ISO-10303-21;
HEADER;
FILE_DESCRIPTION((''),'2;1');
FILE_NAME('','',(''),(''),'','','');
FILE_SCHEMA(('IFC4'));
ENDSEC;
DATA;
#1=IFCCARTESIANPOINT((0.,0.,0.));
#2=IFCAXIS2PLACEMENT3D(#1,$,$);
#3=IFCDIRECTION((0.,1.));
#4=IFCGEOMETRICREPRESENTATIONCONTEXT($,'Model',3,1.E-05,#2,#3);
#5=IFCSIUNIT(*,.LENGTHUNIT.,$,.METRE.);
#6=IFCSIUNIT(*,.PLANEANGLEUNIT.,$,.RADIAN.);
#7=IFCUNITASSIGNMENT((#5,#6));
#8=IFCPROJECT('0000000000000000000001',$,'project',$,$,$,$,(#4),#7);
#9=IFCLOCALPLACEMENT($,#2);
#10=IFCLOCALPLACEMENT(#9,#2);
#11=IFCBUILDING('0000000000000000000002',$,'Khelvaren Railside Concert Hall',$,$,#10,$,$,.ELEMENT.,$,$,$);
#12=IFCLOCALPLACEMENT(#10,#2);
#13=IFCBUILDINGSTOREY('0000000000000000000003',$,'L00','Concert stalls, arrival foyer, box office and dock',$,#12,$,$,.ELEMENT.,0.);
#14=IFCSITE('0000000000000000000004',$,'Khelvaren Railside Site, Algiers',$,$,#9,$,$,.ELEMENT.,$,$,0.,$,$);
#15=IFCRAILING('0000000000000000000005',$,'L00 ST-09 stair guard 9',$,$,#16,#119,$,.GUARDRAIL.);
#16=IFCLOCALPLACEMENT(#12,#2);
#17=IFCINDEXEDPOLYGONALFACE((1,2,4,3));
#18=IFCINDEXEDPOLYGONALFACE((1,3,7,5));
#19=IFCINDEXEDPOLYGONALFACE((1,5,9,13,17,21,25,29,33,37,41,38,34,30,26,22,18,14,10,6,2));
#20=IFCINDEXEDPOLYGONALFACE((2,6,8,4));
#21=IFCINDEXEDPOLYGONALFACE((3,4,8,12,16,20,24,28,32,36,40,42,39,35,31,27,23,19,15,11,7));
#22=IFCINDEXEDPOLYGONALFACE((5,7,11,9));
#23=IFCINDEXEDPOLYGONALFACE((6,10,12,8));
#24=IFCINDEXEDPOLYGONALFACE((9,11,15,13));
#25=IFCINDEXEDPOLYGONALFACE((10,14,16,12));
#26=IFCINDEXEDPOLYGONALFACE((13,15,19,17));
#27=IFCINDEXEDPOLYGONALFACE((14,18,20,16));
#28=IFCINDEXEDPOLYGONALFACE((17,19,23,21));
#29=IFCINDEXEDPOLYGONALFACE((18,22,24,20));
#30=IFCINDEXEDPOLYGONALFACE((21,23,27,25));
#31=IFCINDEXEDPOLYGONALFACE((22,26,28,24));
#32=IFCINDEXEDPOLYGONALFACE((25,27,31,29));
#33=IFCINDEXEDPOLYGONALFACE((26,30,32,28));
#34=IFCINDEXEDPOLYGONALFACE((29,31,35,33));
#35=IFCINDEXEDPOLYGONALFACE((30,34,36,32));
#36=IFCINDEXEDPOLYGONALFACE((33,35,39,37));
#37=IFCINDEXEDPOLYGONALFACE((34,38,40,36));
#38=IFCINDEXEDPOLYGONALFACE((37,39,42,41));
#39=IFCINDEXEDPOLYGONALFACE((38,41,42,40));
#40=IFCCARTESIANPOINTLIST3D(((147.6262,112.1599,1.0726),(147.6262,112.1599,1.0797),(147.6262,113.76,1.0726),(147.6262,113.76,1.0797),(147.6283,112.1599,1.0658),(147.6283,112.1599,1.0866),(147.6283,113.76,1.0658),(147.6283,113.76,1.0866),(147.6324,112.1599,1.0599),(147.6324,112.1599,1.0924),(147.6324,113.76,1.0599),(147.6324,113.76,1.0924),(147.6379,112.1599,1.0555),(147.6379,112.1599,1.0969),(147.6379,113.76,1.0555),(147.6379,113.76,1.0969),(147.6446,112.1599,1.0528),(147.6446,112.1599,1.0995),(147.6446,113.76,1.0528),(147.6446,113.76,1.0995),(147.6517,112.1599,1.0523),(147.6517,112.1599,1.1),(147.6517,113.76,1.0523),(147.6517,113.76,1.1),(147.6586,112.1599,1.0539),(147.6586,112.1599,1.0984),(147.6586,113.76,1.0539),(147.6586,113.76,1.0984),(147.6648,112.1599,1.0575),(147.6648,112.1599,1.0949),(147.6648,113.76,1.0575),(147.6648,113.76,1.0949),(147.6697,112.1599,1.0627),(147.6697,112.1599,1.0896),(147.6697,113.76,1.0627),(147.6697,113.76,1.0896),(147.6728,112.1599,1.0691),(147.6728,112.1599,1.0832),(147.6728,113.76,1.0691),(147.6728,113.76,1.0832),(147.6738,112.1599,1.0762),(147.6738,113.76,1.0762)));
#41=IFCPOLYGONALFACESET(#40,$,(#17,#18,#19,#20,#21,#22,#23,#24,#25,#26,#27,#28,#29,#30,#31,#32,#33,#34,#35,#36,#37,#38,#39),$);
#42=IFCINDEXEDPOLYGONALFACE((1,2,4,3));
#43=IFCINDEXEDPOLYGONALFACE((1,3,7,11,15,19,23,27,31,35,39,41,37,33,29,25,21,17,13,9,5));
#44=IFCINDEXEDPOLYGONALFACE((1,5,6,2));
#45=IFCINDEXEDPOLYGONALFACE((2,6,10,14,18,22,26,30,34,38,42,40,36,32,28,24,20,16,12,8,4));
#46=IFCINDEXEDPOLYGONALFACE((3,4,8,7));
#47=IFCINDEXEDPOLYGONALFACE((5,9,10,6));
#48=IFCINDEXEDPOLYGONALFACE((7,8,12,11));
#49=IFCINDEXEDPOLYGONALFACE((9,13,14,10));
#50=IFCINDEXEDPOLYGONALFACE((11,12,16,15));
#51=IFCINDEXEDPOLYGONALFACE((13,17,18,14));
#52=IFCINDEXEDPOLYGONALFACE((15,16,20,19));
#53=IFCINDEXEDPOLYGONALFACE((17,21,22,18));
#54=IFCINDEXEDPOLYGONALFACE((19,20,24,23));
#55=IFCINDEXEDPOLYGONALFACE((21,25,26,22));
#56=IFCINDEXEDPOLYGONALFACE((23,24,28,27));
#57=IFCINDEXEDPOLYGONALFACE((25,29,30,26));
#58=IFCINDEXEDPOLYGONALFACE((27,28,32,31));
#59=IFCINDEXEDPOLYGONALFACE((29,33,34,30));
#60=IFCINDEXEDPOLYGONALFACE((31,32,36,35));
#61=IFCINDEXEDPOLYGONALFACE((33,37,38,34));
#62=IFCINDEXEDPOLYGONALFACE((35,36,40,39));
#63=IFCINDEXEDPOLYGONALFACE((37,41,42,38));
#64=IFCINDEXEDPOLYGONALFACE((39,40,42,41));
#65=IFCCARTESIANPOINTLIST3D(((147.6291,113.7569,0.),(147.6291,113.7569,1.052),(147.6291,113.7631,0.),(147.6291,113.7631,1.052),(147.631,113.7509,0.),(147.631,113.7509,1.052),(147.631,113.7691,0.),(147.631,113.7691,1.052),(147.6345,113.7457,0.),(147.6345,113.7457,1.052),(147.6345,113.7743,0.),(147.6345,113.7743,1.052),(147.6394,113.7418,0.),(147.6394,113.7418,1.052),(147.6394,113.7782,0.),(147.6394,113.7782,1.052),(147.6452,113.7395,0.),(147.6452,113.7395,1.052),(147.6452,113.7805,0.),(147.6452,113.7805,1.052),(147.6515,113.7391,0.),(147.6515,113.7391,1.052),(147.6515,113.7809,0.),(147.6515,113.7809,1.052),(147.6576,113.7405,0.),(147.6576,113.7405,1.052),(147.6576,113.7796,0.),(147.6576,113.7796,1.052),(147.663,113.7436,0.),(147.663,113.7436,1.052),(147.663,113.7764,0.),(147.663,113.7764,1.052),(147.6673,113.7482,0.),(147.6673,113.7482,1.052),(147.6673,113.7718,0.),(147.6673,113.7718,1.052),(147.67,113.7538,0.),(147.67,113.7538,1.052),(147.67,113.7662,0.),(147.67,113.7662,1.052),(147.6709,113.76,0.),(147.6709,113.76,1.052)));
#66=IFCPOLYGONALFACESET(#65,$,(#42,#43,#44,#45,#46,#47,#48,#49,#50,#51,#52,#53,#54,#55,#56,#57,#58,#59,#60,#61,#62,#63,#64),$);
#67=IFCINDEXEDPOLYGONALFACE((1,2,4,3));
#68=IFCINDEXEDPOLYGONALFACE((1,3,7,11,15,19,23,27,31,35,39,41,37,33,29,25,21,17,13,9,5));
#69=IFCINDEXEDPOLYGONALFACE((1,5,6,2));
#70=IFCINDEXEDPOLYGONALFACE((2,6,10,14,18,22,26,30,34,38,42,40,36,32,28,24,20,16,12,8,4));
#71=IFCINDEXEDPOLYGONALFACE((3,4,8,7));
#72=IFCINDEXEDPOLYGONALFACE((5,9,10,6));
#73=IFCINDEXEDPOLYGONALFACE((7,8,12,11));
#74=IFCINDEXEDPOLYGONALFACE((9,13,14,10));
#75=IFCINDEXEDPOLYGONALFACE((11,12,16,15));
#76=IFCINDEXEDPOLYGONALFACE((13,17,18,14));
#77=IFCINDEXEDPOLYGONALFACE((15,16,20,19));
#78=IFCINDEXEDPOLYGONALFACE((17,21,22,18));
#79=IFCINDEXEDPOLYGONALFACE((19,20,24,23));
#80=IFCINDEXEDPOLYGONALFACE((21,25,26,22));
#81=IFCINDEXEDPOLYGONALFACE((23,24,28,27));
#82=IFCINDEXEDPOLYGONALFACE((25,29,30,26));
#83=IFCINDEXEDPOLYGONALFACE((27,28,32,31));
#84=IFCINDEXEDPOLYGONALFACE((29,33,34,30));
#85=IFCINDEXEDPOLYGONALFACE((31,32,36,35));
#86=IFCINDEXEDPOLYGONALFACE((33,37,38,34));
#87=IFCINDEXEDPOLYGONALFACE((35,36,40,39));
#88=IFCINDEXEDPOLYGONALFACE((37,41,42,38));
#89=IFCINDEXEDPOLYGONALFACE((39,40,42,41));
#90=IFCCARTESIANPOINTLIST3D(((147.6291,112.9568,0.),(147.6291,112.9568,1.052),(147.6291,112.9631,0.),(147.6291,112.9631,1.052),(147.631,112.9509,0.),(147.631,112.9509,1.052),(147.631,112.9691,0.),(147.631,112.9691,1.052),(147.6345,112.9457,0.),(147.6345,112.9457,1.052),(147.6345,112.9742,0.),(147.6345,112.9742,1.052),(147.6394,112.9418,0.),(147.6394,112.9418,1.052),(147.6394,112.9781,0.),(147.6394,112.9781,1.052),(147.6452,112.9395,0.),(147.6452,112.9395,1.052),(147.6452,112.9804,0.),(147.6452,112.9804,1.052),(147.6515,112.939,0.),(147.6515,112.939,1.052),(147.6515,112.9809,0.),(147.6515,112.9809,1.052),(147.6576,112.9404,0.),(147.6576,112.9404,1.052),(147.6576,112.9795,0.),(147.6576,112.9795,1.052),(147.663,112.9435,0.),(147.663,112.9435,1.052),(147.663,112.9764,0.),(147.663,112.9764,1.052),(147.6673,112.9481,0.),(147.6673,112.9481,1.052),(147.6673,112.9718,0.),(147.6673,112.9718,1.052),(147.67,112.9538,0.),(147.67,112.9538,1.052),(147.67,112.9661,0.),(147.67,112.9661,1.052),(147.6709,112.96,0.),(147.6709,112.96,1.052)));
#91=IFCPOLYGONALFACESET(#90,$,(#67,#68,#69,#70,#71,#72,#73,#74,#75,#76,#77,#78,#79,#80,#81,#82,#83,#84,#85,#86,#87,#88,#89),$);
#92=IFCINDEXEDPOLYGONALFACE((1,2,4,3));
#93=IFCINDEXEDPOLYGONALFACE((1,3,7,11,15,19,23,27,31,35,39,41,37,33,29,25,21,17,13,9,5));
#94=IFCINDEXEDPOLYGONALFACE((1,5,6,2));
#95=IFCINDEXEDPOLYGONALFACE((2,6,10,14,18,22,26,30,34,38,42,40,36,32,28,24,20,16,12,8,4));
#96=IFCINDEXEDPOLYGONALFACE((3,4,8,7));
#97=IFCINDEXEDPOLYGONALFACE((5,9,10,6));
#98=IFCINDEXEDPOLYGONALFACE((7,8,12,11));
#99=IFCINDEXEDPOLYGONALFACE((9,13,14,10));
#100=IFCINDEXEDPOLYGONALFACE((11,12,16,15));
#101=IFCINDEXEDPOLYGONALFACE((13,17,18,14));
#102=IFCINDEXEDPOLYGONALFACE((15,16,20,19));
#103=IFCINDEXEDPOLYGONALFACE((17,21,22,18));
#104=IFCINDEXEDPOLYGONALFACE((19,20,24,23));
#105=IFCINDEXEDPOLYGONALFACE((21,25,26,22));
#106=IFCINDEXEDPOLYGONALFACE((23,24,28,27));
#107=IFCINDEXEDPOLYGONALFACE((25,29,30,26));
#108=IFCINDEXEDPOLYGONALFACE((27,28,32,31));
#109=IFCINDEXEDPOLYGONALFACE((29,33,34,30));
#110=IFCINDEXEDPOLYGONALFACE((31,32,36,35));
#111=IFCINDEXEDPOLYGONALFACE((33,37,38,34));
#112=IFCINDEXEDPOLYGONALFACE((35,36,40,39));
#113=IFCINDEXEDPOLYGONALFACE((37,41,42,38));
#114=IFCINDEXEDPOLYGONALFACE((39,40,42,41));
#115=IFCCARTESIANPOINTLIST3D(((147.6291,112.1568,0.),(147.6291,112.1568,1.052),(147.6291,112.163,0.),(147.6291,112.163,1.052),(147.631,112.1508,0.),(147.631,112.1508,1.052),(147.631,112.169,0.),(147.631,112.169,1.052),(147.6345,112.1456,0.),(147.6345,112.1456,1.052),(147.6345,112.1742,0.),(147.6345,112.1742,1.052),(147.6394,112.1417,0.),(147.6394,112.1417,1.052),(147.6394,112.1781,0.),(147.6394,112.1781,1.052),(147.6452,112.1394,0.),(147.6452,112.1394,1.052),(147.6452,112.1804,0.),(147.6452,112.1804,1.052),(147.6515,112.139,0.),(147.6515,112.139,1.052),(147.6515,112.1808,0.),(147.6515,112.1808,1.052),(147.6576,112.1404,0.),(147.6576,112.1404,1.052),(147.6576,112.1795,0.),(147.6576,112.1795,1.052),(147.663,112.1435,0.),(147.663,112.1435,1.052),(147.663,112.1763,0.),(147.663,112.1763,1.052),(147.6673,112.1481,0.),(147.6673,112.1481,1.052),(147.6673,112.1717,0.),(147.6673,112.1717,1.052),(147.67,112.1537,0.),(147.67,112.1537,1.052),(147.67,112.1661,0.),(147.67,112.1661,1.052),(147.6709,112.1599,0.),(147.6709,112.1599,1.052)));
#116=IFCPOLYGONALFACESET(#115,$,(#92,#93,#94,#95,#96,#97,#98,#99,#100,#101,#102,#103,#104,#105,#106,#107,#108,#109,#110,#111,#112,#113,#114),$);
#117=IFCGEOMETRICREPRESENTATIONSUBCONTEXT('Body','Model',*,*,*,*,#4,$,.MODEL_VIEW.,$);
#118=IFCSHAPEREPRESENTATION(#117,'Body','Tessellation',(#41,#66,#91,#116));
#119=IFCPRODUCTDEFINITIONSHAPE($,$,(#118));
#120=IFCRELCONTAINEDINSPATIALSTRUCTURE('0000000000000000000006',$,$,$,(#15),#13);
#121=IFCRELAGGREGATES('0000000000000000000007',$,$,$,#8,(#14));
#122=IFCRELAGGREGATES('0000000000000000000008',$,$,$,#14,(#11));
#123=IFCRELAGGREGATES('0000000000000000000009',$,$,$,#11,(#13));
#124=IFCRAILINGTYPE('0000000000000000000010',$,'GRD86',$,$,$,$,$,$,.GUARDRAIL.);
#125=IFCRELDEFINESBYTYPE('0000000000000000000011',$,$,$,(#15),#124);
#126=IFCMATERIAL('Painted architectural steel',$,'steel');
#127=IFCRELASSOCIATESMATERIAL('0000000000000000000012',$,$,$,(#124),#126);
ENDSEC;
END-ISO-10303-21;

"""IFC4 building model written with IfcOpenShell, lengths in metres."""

from ifc_helpers import new_model, si_unit, direction, frame, origin, origin_2d, place, context, subcontext, project, spatial, circle, extrude, material, type_object, element, save


model = new_model("IFC4")

# Units and contexts
model_context = context("Model", 3, precision=1e-05, world=origin(), true_north=direction((0.0, 1.0)))
body_context = subcontext(model_context, "Body", "Model", "MODEL_VIEW")
ifc_project = project(units=[si_unit("LENGTHUNIT", "METRE"), si_unit("PLANEANGLEUNIT", "RADIAN")], contexts=[model_context])

# Site, building, storey
site_placement = place(None, origin())
site = spatial("IfcSite", under=ifc_project, at=site_placement, Name="Khelvaren Railside Site, Algiers", CompositionType="ELEMENT", RefElevation=0.0)
building_placement = place(site_placement, origin())
building = spatial("IfcBuilding", under=site, at=building_placement, Name="Khelvaren Railside Concert Hall", CompositionType="ELEMENT")
storey_placement = place(building_placement, origin())
storey = spatial("IfcBuildingStorey", under=building, at=storey_placement, Name="L00", Description="Concert stalls, arrival foyer, box office and dock", CompositionType="ELEMENT", Elevation=0.0)

# Railing
ifc_material_1 = material(Name="Painted architectural steel", Category="steel")
railing_type_1 = type_object("IfcRailingType", Name="GRD86", PredefinedType="GUARDRAIL", material=ifc_material_1)
for number, where, name in (
    (1, (147.6499, 113.76, 0.0), "L00 ST-09 stair guard 9"),
):
    element("IfcRailing", number, at=place(storey_placement, frame(where)), inside=storey, type_object=railing_type_1, Name=name, PredefinedType="GUARDRAIL", context=body_context, shape_type="SweptSolid", body=[
        extrude(circle(Radius=0.0239, at=origin_2d()), frame((0.0, 0.0, 1.0762), z_axis=(0.0, -1.0, 0.0), x_axis=(1.0, 0.0, 0.0)), (0.0, 0.0, 1.0), 1.6001),
        extrude(circle(Radius=0.021, at=origin_2d()), origin(), (0.0, 0.0, 1.0), 1.052),
        extrude(circle(Radius=0.021, at=origin_2d()), frame((0.0, -0.8, 0.0)), (0.0, 0.0, 1.0), 1.052),
        extrude(circle(Radius=0.021, at=origin_2d()), frame((0.0, -1.6001, 0.0)), (0.0, 0.0, 1.0), 1.052),
    ])

save(model, "model.ifc")
